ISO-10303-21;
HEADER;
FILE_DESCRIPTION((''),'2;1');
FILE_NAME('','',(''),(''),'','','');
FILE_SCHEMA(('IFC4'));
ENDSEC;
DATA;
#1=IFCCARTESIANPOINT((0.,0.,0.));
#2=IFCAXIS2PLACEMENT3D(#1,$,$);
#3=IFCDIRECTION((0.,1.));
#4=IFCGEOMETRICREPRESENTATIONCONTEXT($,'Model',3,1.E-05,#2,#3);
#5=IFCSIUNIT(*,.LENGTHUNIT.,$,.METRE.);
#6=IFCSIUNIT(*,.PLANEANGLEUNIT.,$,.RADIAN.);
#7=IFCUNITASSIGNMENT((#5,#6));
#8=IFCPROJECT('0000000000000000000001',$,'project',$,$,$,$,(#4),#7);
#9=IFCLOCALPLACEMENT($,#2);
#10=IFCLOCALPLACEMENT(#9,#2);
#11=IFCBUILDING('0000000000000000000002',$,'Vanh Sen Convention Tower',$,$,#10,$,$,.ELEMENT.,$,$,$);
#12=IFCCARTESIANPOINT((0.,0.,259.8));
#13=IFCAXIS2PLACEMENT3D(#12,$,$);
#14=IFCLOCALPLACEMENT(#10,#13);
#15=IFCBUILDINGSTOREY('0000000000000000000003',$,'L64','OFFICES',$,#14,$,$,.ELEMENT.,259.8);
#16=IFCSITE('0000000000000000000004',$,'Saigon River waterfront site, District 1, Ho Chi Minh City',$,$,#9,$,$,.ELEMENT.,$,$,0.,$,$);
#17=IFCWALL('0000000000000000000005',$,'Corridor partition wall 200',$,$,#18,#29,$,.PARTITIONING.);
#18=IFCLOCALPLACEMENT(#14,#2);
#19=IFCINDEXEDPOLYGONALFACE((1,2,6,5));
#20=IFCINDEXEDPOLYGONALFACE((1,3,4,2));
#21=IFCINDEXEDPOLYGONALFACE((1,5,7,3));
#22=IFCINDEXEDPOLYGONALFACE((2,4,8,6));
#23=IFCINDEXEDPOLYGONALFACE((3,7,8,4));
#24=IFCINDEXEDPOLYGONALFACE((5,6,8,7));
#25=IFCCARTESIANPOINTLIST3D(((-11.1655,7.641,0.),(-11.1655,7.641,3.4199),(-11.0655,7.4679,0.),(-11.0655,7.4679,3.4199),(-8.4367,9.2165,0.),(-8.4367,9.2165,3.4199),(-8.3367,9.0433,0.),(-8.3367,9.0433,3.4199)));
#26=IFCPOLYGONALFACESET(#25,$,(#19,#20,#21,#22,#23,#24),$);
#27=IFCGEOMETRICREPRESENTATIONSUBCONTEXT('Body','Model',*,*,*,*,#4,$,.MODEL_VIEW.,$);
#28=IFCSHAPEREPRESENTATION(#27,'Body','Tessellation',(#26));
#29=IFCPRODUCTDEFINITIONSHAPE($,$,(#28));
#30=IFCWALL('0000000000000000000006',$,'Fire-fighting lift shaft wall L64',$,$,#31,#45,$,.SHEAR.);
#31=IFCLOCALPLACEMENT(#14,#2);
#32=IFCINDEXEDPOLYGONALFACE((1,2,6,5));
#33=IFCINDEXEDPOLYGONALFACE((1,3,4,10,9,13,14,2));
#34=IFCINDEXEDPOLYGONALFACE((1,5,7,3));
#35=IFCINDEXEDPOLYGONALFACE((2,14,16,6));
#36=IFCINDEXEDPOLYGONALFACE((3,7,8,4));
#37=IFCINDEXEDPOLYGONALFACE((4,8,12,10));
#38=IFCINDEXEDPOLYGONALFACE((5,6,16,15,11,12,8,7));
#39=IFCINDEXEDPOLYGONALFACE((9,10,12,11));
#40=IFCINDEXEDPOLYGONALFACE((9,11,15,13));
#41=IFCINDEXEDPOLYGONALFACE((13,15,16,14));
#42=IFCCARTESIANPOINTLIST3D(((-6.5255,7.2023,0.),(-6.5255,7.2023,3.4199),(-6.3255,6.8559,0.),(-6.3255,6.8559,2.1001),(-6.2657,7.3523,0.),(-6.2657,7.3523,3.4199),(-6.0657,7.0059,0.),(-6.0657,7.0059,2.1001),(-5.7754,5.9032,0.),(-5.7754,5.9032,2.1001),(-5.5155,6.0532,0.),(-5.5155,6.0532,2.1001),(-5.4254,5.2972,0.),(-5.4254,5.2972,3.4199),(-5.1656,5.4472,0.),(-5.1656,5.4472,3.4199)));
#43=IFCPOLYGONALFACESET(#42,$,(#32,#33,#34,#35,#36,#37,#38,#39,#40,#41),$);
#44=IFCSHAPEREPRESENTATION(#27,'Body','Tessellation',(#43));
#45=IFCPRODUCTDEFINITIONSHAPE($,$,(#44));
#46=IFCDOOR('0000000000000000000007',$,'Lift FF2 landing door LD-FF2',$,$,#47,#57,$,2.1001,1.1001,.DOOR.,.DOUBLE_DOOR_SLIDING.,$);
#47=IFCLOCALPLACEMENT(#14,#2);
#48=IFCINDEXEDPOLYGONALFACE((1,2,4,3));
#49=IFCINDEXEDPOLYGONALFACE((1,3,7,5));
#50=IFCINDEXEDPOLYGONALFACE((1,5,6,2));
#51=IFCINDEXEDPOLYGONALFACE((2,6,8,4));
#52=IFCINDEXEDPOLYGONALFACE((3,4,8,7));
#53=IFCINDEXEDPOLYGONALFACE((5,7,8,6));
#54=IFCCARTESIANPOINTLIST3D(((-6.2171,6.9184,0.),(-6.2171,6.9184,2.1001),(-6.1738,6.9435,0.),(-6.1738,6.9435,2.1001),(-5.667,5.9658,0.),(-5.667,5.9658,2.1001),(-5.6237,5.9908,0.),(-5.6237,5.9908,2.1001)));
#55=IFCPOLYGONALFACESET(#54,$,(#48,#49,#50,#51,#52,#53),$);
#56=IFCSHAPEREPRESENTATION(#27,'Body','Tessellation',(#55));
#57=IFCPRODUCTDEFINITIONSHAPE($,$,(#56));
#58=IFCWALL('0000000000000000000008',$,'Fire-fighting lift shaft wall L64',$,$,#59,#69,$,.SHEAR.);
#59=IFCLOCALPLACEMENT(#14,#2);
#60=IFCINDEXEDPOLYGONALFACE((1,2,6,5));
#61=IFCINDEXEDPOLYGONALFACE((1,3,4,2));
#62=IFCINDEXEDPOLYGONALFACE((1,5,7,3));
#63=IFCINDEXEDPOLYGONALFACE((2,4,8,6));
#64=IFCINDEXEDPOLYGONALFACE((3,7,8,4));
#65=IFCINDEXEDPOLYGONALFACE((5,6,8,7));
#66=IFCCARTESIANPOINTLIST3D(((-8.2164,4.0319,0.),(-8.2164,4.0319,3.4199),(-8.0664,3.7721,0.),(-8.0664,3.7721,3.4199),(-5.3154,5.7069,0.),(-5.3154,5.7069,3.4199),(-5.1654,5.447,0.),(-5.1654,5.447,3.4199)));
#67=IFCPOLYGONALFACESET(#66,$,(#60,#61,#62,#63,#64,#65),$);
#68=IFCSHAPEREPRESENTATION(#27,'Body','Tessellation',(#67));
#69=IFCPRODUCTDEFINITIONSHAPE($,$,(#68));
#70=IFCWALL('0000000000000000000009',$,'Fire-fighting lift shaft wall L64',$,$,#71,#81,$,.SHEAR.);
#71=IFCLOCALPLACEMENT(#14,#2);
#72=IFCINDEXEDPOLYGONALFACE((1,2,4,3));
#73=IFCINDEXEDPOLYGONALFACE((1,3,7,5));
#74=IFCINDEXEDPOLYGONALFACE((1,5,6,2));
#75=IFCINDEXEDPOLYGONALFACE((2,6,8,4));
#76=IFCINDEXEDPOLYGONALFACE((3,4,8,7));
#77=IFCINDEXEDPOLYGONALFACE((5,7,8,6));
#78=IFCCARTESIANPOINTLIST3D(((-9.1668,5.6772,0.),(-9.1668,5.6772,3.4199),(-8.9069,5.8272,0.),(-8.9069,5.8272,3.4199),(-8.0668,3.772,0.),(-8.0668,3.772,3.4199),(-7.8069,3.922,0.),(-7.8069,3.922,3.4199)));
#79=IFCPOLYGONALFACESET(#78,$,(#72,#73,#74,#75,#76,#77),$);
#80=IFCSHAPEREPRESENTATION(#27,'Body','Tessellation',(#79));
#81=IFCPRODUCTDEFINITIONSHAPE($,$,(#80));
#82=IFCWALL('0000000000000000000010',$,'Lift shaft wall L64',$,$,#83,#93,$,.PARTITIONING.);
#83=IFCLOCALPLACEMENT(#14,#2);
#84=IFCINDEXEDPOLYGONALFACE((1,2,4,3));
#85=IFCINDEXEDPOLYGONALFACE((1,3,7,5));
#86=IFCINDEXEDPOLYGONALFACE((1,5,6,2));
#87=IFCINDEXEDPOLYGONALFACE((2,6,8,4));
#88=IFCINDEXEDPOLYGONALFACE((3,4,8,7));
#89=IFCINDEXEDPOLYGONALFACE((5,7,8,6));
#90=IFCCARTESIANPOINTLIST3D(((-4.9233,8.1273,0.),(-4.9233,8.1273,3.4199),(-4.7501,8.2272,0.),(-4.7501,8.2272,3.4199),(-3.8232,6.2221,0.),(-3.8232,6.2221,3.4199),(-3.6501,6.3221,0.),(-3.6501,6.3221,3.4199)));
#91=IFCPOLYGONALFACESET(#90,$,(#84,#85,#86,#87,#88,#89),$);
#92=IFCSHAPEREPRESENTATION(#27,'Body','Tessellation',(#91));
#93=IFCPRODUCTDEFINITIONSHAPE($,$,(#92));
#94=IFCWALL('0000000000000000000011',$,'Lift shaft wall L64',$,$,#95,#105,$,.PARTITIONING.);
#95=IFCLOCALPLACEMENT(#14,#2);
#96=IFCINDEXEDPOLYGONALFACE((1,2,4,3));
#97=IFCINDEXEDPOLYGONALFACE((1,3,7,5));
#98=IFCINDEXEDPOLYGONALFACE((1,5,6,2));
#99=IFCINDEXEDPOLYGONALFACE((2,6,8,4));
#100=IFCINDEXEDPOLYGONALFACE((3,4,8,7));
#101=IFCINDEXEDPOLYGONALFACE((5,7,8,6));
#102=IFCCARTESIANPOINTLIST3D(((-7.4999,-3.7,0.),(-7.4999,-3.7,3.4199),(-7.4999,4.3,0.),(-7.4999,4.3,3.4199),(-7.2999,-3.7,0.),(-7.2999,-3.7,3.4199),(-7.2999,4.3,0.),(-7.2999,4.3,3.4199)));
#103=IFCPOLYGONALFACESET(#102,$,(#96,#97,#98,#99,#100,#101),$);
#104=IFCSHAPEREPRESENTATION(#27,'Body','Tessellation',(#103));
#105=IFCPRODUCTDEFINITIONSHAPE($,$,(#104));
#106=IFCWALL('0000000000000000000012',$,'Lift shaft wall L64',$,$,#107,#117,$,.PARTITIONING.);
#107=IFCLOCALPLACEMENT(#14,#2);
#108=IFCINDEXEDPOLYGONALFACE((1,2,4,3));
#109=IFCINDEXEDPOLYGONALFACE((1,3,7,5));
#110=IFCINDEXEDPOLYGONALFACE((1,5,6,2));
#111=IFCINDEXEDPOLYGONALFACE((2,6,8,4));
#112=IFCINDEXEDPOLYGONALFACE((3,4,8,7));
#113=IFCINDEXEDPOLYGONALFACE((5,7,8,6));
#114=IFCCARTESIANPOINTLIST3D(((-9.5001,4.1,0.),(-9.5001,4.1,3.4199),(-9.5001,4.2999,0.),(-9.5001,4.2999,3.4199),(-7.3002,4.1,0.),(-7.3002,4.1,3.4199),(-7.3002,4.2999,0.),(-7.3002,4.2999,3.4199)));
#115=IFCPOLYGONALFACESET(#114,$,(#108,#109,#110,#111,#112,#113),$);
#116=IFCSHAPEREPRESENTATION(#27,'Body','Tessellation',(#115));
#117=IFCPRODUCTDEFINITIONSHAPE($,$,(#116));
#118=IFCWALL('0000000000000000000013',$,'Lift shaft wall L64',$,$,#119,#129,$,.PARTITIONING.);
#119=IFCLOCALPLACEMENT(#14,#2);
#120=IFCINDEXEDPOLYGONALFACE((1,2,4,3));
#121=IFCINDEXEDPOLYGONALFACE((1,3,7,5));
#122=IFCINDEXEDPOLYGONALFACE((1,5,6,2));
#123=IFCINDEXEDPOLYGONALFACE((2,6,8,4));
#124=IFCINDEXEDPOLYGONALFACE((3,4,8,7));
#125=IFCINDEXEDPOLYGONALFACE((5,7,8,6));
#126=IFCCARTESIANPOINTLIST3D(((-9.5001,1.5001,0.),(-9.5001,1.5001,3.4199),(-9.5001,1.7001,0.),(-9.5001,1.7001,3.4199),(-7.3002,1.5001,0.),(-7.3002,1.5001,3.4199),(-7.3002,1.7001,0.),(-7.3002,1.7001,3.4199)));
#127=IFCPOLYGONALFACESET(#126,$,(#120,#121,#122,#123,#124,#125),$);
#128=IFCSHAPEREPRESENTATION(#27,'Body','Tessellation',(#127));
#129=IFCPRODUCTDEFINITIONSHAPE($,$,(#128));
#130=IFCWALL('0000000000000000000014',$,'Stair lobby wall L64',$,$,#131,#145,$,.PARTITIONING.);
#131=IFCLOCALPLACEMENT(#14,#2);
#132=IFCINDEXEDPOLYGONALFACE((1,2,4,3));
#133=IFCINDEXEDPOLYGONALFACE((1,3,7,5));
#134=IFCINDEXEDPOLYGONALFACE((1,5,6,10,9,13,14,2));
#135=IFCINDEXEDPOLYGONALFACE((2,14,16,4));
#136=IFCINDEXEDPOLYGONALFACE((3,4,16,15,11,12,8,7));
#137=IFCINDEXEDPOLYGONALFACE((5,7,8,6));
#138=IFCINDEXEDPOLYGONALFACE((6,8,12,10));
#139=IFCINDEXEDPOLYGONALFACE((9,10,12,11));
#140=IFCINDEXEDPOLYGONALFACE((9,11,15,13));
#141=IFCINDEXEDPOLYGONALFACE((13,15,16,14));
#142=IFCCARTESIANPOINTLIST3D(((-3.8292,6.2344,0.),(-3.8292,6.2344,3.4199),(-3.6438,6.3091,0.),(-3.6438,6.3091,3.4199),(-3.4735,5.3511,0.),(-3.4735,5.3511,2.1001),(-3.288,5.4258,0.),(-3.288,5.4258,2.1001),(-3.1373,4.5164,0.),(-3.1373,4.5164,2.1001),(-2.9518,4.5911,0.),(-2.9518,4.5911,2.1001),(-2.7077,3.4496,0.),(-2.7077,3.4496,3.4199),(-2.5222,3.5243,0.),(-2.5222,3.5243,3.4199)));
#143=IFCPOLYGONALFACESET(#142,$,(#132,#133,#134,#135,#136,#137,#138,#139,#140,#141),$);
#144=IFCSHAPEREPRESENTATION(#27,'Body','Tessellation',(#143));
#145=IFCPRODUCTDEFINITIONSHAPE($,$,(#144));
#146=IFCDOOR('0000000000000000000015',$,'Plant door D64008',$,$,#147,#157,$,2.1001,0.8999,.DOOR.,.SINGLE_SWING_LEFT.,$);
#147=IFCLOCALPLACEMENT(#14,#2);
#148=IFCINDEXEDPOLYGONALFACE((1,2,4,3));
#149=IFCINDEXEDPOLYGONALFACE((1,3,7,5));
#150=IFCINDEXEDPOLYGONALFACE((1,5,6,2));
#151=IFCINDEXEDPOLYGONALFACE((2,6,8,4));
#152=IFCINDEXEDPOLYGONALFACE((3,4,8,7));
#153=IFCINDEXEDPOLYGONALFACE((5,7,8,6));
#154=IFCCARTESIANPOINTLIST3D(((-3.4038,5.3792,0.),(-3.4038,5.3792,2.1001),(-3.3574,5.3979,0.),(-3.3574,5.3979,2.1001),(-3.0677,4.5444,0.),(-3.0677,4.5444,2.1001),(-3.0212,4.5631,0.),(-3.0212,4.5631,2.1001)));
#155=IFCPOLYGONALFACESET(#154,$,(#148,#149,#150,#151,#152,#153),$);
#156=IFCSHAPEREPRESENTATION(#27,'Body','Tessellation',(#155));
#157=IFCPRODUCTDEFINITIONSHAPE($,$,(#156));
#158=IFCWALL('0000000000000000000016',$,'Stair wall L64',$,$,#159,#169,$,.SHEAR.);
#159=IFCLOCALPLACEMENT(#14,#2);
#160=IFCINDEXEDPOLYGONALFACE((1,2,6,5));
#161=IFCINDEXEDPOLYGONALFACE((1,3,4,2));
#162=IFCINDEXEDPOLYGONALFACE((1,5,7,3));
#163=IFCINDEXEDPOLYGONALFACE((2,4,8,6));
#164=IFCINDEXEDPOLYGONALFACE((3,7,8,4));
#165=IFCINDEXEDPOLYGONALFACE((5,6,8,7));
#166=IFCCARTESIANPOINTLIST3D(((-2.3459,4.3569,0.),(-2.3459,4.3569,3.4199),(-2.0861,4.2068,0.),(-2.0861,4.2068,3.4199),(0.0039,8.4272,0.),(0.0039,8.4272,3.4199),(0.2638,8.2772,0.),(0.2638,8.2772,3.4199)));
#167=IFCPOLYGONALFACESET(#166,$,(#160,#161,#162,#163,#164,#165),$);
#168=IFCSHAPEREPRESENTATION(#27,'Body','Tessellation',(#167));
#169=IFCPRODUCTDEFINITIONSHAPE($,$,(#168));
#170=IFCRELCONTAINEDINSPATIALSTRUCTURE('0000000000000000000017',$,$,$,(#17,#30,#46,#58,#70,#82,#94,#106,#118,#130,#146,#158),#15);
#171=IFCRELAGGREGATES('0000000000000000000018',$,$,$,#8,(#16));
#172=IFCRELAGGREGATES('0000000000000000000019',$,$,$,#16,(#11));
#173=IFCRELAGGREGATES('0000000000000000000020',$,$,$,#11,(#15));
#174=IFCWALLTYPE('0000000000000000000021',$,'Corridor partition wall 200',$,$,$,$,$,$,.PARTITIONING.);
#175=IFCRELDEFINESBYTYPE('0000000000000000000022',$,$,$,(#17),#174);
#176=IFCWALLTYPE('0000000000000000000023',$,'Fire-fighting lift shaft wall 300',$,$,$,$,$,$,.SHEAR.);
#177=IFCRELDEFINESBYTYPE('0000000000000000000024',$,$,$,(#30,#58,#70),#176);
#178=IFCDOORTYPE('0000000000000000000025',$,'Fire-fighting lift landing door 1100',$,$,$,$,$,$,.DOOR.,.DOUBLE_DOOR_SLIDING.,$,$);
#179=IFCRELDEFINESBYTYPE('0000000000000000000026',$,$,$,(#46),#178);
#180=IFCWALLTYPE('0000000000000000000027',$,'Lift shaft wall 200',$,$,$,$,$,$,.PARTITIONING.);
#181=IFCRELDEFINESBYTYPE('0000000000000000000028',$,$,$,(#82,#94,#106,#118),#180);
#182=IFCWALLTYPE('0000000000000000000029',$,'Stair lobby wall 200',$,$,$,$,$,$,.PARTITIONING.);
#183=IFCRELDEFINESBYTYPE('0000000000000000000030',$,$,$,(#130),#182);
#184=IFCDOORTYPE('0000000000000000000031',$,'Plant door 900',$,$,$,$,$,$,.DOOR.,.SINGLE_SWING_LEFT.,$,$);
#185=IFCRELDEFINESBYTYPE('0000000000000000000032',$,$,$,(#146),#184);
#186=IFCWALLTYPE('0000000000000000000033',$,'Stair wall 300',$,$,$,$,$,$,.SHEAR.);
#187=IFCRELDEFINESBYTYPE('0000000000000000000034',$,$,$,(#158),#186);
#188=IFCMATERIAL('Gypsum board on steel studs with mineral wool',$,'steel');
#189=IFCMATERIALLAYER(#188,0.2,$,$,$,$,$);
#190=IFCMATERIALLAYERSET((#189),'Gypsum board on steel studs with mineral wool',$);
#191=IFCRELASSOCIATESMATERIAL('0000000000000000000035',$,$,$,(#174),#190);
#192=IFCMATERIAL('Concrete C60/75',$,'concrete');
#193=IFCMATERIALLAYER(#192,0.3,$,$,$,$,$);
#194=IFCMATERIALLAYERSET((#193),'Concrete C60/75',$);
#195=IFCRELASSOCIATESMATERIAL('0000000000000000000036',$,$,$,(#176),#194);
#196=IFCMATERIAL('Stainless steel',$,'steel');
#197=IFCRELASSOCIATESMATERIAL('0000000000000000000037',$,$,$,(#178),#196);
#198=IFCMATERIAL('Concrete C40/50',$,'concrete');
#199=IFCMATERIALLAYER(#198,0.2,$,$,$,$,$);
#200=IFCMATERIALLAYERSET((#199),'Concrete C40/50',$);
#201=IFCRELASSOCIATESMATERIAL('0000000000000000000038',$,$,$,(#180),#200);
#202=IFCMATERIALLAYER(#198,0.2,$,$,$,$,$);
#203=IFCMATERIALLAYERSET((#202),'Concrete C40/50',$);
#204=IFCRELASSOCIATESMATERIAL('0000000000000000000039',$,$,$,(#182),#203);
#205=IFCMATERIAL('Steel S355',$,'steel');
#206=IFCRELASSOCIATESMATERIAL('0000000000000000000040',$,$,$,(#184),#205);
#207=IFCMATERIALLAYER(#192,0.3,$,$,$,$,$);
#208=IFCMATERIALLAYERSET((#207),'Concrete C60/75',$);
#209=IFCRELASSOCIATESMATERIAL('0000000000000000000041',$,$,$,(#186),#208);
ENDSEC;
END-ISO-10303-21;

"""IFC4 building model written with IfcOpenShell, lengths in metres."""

from ifc_helpers import new_model, si_unit, direction, frame, frame_2d, origin, place, context, subcontext, project, spatial, rectangle, extrude, material, layer, layer_set, type_object, element, fill, save


model = new_model("IFC4")

# Units and contexts
model_context = context("Model", 3, precision=1e-05, world=origin(), true_north=direction((0.0, 1.0)))
body_context = subcontext(model_context, "Body", "Model", "MODEL_VIEW")
ifc_project = project(units=[si_unit("LENGTHUNIT", "METRE"), si_unit("PLANEANGLEUNIT", "RADIAN")], contexts=[model_context])

# Site, building, storey
site_placement = place(None, origin())
site = spatial("IfcSite", under=ifc_project, at=site_placement, Name="Saigon River waterfront site, District 1, Ho Chi Minh City", CompositionType="ELEMENT", RefElevation=0.0)
building_placement = place(site_placement, origin())
building = spatial("IfcBuilding", under=site, at=building_placement, Name="Vanh Sen Convention Tower", CompositionType="ELEMENT")
storey_placement = place(building_placement, frame((0.0, 0.0, 259.8)))
storey = spatial("IfcBuildingStorey", under=building, at=storey_placement, Name="L64", Description="OFFICES", CompositionType="ELEMENT", Elevation=259.8)

# Shared definitions
ifc_material_1 = material(Name="Concrete C60/75", Category="concrete")
ifc_material_2 = material(Name="Stainless steel", Category="steel")

# Shared definitions
ifc_material_3 = material(Name="Gypsum board on steel studs with mineral wool", Category="steel")
ifc_layer_1 = layer(ifc_material_3, 0.2)
ifc_layer_set_1 = layer_set([ifc_layer_1], Name="Gypsum board on steel studs with mineral wool")
wall_type_1 = type_object("IfcWallType", Name="Corridor partition wall 200", PredefinedType="PARTITIONING", material=ifc_layer_set_1)

# Wall
wall_1_placement = place(storey_placement, frame((-8.3867, 9.1299, 0.0), z_axis=(0.0, 0.0, 1.0), x_axis=(-0.866027, -0.499997, 0.0)))
element("IfcWall", 1, at=wall_1_placement, inside=storey, type_object=wall_type_1, Name="Corridor partition wall 200", PredefinedType="PARTITIONING", context=body_context, shape_type="SweptSolid", body=[
    extrude(rectangle(XDim=3.1509, YDim=0.2, at=frame_2d((1.5754, 0.0))), origin(), (0.0, 0.0, 1.0), 3.4199),
])

# Wall, opening, door
ifc_layer_2 = layer(ifc_material_1, 0.3)
ifc_layer_set_2 = layer_set([ifc_layer_2], Name="Concrete C60/75")
wall_type_2 = type_object("IfcWallType", Name="Fire-fighting lift shaft wall 300", PredefinedType="SHEAR", material=ifc_layer_set_2)
wall_2_placement = place(storey_placement, frame((-5.2954, 5.3721, 0.0), z_axis=(0.0, 0.0, 1.0), x_axis=(-0.500078, 0.86598, 0.0)))
wall_2 = element("IfcWall", 2, at=wall_2_placement, inside=storey, type_object=wall_type_2, Name="Fire-fighting lift shaft wall L64", PredefinedType="SHEAR", context=body_context, shape_type="SweptSolid", body=[
    extrude(rectangle(XDim=2.2, YDim=0.3, at=frame_2d((1.1001, 0.0))), origin(), (0.0, 0.0, 1.0), 3.4199),
])
opening_1_placement = place(wall_2_placement, frame((0.7, 0.0, 0.0)))
opening_1 = element("IfcOpeningElement", 3, at=opening_1_placement, cuts=wall_2, PredefinedType="OPENING", context=body_context, shape_type="SweptSolid", body=[
    extrude(rectangle(XDim=1.1001, YDim=2.1001, at=frame_2d((0.55, 1.05))), frame((0.0, 0.1599, 0.0), z_axis=(0.0, -1.0, 0.0), x_axis=(1.0, 0.0, 0.0)), (0.0, 0.0, 1.0), 0.3201),
])
door_type_1 = type_object("IfcDoorType", Name="Fire-fighting lift landing door 1100", OperationType="DOUBLE_DOOR_SLIDING", PredefinedType="DOOR", material=ifc_material_2)
door_1_placement = place(opening_1_placement, origin())
door_1 = element("IfcDoor", 4, at=door_1_placement, inside=storey, type_object=door_type_1, Name="Lift FF2 landing door LD-FF2", OperationType="DOUBLE_DOOR_SLIDING", OverallHeight=2.1001, OverallWidth=1.1001, PredefinedType="DOOR", context=body_context, shape_type="SweptSolid", body=[
    extrude(rectangle(XDim=1.1001, YDim=2.1001, at=frame_2d((0.55, 1.05))), frame((0.0, 0.0249, 0.0), z_axis=(0.0, -1.0, 0.0), x_axis=(1.0, 0.0, 0.0)), (0.0, 0.0, 1.0), 0.05),
])
fill(opening_1, door_1)

# Walls
wall_3_placement = place(storey_placement, frame((-5.2405, 5.5769, 0.0), z_axis=(0.0, 0.0, 1.0), x_axis=(-0.866014, -0.500019, 0.0)))
element("IfcWall", 5, at=wall_3_placement, inside=storey, type_object=wall_type_2, Name="Fire-fighting lift shaft wall L64", PredefinedType="SHEAR", context=body_context, shape_type="SweptSolid", body=[
    extrude(rectangle(XDim=3.3499, YDim=0.3, at=frame_2d((1.6748, 0.0))), origin(), (0.0, 0.0, 1.0), 3.4199),
])
wall_4_placement = place(storey_placement, frame((-7.9368, 3.8469, 0.0), z_axis=(0.0, 0.0, 1.0), x_axis=(-0.50003, 0.866008, 0.0)))
element("IfcWall", 6, at=wall_4_placement, inside=storey, type_object=wall_type_2, Name="Fire-fighting lift shaft wall L64", PredefinedType="SHEAR", context=body_context, shape_type="SweptSolid", body=[
    extrude(rectangle(XDim=2.2, YDim=0.3, at=frame_2d((1.1001, 0.0))), origin(), (0.0, 0.0, 1.0), 3.4199),
])
ifc_material_4 = material(Name="Concrete C40/50", Category="concrete")
ifc_layer_3 = layer(ifc_material_4, 0.2)
ifc_layer_set_3 = layer_set([ifc_layer_3], Name="Concrete C40/50")
wall_type_3 = type_object("IfcWallType", Name="Lift shaft wall 200", PredefinedType="PARTITIONING", material=ifc_layer_set_3)
wall_5_placement = place(storey_placement, frame((-3.7366, 6.272, 0.0), z_axis=(0.0, 0.0, 1.0), x_axis=(-0.50003, 0.866008, 0.0)))
element("IfcWall", 7, at=wall_5_placement, inside=storey, type_object=wall_type_3, Name="Lift shaft wall L64", PredefinedType="PARTITIONING", context=body_context, shape_type="SweptSolid", body=[
    extrude(rectangle(XDim=2.2, YDim=0.2, at=frame_2d((1.1001, 0.0))), origin(), (0.0, 0.0, 1.0), 3.4199),
])
wall_6_placement = place(storey_placement, frame((-7.3999, 4.3, 0.0), z_axis=(0.0, 0.0, 1.0), x_axis=(0.0, -1.0, 0.0)))
element("IfcWall", 8, at=wall_6_placement, inside=storey, type_object=wall_type_3, Name="Lift shaft wall L64", PredefinedType="PARTITIONING", context=body_context, shape_type="SweptSolid", body=[
    extrude(rectangle(XDim=8.0, YDim=0.2, at=frame_2d((4.0, 0.0))), origin(), (0.0, 0.0, 1.0), 3.4199),
])
for number, where, z_axis, x_axis, name in (
    (9, (-7.3, 4.2, 0.0), (0.0, 0.0, 1.0), (-1.0, 0.0, 0.0), "Lift shaft wall L64"),
    (10, (-7.3, 1.6001, 0.0), (0.0, 0.0, 1.0), (-1.0, 0.0, 0.0), "Lift shaft wall L64"),
):
    element("IfcWall", number, at=place(storey_placement, frame(where, z_axis=z_axis, x_axis=x_axis)), inside=storey, type_object=wall_type_3, Name=name, PredefinedType="PARTITIONING", context=body_context, shape_type="SweptSolid", body=[
        extrude(rectangle(XDim=2.2, YDim=0.2, at=frame_2d((1.1001, 0.0))), origin(), (0.0, 0.0, 1.0), 3.4199),
    ])

# Wall, opening, door
ifc_layer_4 = layer(ifc_material_4, 0.2)
ifc_layer_set_4 = layer_set([ifc_layer_4], Name="Concrete C40/50")
wall_type_4 = type_object("IfcWallType", Name="Stair lobby wall 200", PredefinedType="PARTITIONING", material=ifc_layer_set_4)
wall_7_placement = place(storey_placement, frame((-2.615, 3.4871, 0.0), z_axis=(0.0, 0.0, 1.0), x_axis=(-0.373577, 0.927599, 0.0)))
wall_7 = element("IfcWall", 11, at=wall_7_placement, inside=storey, type_object=wall_type_4, Name="Stair lobby wall L64", PredefinedType="PARTITIONING", context=body_context, shape_type="SweptSolid", body=[
    extrude(rectangle(XDim=3.0022, YDim=0.2, at=frame_2d((1.501, 0.0))), origin(), (0.0, 0.0, 1.0), 3.4199),
])
opening_2_placement = place(wall_7_placement, frame((1.1499, 0.0, 0.0)))
opening_2 = element("IfcOpeningElement", 12, at=opening_2_placement, cuts=wall_7, PredefinedType="OPENING", context=body_context, shape_type="SweptSolid", body=[
    extrude(rectangle(XDim=0.8999, YDim=2.1001, at=frame_2d((0.45, 1.05))), frame((0.0, 0.1099, 0.0), z_axis=(0.0, -1.0, 0.0), x_axis=(1.0, 0.0, 0.0)), (0.0, 0.0, 1.0), 0.22),
])
ifc_material_5 = material(Name="Steel S355", Category="steel")
door_type_2 = type_object("IfcDoorType", Name="Plant door 900", OperationType="SINGLE_SWING_LEFT", PredefinedType="DOOR", material=ifc_material_5)
door_2_placement = place(opening_2_placement, origin())
door_2 = element("IfcDoor", 13, at=door_2_placement, inside=storey, type_object=door_type_2, Name="Plant door D64008", OperationType="SINGLE_SWING_LEFT", OverallHeight=2.1001, OverallWidth=0.8999, PredefinedType="DOOR", context=body_context, shape_type="SweptSolid", body=[
    extrude(rectangle(XDim=0.8999, YDim=2.1001, at=frame_2d((0.45, 1.05))), frame((0.0, 0.0249, 0.0), z_axis=(0.0, -1.0, 0.0), x_axis=(1.0, 0.0, 0.0)), (0.0, 0.0, 1.0), 0.05),
])
fill(opening_2, door_2)

# Wall
ifc_layer_5 = layer(ifc_material_1, 0.3)
ifc_layer_set_5 = layer_set([ifc_layer_5], Name="Concrete C60/75")
wall_type_5 = type_object("IfcWallType", Name="Stair wall 300", PredefinedType="SHEAR", material=ifc_layer_set_5)
wall_8_placement = place(storey_placement, frame((-2.2161, 4.2817, 0.0), z_axis=(0.0, 0.0, 1.0), x_axis=(0.499977, 0.866039, 0.0)))
element("IfcWall", 14, at=wall_8_placement, inside=storey, type_object=wall_type_5, Name="Stair wall L64", PredefinedType="SHEAR", context=body_context, shape_type="SweptSolid", body=[
    extrude(rectangle(XDim=4.7, YDim=0.3, at=frame_2d((2.3501, 0.0))), origin(), (0.0, 0.0, 1.0), 3.4199),
])

save(model, "model.ifc")
